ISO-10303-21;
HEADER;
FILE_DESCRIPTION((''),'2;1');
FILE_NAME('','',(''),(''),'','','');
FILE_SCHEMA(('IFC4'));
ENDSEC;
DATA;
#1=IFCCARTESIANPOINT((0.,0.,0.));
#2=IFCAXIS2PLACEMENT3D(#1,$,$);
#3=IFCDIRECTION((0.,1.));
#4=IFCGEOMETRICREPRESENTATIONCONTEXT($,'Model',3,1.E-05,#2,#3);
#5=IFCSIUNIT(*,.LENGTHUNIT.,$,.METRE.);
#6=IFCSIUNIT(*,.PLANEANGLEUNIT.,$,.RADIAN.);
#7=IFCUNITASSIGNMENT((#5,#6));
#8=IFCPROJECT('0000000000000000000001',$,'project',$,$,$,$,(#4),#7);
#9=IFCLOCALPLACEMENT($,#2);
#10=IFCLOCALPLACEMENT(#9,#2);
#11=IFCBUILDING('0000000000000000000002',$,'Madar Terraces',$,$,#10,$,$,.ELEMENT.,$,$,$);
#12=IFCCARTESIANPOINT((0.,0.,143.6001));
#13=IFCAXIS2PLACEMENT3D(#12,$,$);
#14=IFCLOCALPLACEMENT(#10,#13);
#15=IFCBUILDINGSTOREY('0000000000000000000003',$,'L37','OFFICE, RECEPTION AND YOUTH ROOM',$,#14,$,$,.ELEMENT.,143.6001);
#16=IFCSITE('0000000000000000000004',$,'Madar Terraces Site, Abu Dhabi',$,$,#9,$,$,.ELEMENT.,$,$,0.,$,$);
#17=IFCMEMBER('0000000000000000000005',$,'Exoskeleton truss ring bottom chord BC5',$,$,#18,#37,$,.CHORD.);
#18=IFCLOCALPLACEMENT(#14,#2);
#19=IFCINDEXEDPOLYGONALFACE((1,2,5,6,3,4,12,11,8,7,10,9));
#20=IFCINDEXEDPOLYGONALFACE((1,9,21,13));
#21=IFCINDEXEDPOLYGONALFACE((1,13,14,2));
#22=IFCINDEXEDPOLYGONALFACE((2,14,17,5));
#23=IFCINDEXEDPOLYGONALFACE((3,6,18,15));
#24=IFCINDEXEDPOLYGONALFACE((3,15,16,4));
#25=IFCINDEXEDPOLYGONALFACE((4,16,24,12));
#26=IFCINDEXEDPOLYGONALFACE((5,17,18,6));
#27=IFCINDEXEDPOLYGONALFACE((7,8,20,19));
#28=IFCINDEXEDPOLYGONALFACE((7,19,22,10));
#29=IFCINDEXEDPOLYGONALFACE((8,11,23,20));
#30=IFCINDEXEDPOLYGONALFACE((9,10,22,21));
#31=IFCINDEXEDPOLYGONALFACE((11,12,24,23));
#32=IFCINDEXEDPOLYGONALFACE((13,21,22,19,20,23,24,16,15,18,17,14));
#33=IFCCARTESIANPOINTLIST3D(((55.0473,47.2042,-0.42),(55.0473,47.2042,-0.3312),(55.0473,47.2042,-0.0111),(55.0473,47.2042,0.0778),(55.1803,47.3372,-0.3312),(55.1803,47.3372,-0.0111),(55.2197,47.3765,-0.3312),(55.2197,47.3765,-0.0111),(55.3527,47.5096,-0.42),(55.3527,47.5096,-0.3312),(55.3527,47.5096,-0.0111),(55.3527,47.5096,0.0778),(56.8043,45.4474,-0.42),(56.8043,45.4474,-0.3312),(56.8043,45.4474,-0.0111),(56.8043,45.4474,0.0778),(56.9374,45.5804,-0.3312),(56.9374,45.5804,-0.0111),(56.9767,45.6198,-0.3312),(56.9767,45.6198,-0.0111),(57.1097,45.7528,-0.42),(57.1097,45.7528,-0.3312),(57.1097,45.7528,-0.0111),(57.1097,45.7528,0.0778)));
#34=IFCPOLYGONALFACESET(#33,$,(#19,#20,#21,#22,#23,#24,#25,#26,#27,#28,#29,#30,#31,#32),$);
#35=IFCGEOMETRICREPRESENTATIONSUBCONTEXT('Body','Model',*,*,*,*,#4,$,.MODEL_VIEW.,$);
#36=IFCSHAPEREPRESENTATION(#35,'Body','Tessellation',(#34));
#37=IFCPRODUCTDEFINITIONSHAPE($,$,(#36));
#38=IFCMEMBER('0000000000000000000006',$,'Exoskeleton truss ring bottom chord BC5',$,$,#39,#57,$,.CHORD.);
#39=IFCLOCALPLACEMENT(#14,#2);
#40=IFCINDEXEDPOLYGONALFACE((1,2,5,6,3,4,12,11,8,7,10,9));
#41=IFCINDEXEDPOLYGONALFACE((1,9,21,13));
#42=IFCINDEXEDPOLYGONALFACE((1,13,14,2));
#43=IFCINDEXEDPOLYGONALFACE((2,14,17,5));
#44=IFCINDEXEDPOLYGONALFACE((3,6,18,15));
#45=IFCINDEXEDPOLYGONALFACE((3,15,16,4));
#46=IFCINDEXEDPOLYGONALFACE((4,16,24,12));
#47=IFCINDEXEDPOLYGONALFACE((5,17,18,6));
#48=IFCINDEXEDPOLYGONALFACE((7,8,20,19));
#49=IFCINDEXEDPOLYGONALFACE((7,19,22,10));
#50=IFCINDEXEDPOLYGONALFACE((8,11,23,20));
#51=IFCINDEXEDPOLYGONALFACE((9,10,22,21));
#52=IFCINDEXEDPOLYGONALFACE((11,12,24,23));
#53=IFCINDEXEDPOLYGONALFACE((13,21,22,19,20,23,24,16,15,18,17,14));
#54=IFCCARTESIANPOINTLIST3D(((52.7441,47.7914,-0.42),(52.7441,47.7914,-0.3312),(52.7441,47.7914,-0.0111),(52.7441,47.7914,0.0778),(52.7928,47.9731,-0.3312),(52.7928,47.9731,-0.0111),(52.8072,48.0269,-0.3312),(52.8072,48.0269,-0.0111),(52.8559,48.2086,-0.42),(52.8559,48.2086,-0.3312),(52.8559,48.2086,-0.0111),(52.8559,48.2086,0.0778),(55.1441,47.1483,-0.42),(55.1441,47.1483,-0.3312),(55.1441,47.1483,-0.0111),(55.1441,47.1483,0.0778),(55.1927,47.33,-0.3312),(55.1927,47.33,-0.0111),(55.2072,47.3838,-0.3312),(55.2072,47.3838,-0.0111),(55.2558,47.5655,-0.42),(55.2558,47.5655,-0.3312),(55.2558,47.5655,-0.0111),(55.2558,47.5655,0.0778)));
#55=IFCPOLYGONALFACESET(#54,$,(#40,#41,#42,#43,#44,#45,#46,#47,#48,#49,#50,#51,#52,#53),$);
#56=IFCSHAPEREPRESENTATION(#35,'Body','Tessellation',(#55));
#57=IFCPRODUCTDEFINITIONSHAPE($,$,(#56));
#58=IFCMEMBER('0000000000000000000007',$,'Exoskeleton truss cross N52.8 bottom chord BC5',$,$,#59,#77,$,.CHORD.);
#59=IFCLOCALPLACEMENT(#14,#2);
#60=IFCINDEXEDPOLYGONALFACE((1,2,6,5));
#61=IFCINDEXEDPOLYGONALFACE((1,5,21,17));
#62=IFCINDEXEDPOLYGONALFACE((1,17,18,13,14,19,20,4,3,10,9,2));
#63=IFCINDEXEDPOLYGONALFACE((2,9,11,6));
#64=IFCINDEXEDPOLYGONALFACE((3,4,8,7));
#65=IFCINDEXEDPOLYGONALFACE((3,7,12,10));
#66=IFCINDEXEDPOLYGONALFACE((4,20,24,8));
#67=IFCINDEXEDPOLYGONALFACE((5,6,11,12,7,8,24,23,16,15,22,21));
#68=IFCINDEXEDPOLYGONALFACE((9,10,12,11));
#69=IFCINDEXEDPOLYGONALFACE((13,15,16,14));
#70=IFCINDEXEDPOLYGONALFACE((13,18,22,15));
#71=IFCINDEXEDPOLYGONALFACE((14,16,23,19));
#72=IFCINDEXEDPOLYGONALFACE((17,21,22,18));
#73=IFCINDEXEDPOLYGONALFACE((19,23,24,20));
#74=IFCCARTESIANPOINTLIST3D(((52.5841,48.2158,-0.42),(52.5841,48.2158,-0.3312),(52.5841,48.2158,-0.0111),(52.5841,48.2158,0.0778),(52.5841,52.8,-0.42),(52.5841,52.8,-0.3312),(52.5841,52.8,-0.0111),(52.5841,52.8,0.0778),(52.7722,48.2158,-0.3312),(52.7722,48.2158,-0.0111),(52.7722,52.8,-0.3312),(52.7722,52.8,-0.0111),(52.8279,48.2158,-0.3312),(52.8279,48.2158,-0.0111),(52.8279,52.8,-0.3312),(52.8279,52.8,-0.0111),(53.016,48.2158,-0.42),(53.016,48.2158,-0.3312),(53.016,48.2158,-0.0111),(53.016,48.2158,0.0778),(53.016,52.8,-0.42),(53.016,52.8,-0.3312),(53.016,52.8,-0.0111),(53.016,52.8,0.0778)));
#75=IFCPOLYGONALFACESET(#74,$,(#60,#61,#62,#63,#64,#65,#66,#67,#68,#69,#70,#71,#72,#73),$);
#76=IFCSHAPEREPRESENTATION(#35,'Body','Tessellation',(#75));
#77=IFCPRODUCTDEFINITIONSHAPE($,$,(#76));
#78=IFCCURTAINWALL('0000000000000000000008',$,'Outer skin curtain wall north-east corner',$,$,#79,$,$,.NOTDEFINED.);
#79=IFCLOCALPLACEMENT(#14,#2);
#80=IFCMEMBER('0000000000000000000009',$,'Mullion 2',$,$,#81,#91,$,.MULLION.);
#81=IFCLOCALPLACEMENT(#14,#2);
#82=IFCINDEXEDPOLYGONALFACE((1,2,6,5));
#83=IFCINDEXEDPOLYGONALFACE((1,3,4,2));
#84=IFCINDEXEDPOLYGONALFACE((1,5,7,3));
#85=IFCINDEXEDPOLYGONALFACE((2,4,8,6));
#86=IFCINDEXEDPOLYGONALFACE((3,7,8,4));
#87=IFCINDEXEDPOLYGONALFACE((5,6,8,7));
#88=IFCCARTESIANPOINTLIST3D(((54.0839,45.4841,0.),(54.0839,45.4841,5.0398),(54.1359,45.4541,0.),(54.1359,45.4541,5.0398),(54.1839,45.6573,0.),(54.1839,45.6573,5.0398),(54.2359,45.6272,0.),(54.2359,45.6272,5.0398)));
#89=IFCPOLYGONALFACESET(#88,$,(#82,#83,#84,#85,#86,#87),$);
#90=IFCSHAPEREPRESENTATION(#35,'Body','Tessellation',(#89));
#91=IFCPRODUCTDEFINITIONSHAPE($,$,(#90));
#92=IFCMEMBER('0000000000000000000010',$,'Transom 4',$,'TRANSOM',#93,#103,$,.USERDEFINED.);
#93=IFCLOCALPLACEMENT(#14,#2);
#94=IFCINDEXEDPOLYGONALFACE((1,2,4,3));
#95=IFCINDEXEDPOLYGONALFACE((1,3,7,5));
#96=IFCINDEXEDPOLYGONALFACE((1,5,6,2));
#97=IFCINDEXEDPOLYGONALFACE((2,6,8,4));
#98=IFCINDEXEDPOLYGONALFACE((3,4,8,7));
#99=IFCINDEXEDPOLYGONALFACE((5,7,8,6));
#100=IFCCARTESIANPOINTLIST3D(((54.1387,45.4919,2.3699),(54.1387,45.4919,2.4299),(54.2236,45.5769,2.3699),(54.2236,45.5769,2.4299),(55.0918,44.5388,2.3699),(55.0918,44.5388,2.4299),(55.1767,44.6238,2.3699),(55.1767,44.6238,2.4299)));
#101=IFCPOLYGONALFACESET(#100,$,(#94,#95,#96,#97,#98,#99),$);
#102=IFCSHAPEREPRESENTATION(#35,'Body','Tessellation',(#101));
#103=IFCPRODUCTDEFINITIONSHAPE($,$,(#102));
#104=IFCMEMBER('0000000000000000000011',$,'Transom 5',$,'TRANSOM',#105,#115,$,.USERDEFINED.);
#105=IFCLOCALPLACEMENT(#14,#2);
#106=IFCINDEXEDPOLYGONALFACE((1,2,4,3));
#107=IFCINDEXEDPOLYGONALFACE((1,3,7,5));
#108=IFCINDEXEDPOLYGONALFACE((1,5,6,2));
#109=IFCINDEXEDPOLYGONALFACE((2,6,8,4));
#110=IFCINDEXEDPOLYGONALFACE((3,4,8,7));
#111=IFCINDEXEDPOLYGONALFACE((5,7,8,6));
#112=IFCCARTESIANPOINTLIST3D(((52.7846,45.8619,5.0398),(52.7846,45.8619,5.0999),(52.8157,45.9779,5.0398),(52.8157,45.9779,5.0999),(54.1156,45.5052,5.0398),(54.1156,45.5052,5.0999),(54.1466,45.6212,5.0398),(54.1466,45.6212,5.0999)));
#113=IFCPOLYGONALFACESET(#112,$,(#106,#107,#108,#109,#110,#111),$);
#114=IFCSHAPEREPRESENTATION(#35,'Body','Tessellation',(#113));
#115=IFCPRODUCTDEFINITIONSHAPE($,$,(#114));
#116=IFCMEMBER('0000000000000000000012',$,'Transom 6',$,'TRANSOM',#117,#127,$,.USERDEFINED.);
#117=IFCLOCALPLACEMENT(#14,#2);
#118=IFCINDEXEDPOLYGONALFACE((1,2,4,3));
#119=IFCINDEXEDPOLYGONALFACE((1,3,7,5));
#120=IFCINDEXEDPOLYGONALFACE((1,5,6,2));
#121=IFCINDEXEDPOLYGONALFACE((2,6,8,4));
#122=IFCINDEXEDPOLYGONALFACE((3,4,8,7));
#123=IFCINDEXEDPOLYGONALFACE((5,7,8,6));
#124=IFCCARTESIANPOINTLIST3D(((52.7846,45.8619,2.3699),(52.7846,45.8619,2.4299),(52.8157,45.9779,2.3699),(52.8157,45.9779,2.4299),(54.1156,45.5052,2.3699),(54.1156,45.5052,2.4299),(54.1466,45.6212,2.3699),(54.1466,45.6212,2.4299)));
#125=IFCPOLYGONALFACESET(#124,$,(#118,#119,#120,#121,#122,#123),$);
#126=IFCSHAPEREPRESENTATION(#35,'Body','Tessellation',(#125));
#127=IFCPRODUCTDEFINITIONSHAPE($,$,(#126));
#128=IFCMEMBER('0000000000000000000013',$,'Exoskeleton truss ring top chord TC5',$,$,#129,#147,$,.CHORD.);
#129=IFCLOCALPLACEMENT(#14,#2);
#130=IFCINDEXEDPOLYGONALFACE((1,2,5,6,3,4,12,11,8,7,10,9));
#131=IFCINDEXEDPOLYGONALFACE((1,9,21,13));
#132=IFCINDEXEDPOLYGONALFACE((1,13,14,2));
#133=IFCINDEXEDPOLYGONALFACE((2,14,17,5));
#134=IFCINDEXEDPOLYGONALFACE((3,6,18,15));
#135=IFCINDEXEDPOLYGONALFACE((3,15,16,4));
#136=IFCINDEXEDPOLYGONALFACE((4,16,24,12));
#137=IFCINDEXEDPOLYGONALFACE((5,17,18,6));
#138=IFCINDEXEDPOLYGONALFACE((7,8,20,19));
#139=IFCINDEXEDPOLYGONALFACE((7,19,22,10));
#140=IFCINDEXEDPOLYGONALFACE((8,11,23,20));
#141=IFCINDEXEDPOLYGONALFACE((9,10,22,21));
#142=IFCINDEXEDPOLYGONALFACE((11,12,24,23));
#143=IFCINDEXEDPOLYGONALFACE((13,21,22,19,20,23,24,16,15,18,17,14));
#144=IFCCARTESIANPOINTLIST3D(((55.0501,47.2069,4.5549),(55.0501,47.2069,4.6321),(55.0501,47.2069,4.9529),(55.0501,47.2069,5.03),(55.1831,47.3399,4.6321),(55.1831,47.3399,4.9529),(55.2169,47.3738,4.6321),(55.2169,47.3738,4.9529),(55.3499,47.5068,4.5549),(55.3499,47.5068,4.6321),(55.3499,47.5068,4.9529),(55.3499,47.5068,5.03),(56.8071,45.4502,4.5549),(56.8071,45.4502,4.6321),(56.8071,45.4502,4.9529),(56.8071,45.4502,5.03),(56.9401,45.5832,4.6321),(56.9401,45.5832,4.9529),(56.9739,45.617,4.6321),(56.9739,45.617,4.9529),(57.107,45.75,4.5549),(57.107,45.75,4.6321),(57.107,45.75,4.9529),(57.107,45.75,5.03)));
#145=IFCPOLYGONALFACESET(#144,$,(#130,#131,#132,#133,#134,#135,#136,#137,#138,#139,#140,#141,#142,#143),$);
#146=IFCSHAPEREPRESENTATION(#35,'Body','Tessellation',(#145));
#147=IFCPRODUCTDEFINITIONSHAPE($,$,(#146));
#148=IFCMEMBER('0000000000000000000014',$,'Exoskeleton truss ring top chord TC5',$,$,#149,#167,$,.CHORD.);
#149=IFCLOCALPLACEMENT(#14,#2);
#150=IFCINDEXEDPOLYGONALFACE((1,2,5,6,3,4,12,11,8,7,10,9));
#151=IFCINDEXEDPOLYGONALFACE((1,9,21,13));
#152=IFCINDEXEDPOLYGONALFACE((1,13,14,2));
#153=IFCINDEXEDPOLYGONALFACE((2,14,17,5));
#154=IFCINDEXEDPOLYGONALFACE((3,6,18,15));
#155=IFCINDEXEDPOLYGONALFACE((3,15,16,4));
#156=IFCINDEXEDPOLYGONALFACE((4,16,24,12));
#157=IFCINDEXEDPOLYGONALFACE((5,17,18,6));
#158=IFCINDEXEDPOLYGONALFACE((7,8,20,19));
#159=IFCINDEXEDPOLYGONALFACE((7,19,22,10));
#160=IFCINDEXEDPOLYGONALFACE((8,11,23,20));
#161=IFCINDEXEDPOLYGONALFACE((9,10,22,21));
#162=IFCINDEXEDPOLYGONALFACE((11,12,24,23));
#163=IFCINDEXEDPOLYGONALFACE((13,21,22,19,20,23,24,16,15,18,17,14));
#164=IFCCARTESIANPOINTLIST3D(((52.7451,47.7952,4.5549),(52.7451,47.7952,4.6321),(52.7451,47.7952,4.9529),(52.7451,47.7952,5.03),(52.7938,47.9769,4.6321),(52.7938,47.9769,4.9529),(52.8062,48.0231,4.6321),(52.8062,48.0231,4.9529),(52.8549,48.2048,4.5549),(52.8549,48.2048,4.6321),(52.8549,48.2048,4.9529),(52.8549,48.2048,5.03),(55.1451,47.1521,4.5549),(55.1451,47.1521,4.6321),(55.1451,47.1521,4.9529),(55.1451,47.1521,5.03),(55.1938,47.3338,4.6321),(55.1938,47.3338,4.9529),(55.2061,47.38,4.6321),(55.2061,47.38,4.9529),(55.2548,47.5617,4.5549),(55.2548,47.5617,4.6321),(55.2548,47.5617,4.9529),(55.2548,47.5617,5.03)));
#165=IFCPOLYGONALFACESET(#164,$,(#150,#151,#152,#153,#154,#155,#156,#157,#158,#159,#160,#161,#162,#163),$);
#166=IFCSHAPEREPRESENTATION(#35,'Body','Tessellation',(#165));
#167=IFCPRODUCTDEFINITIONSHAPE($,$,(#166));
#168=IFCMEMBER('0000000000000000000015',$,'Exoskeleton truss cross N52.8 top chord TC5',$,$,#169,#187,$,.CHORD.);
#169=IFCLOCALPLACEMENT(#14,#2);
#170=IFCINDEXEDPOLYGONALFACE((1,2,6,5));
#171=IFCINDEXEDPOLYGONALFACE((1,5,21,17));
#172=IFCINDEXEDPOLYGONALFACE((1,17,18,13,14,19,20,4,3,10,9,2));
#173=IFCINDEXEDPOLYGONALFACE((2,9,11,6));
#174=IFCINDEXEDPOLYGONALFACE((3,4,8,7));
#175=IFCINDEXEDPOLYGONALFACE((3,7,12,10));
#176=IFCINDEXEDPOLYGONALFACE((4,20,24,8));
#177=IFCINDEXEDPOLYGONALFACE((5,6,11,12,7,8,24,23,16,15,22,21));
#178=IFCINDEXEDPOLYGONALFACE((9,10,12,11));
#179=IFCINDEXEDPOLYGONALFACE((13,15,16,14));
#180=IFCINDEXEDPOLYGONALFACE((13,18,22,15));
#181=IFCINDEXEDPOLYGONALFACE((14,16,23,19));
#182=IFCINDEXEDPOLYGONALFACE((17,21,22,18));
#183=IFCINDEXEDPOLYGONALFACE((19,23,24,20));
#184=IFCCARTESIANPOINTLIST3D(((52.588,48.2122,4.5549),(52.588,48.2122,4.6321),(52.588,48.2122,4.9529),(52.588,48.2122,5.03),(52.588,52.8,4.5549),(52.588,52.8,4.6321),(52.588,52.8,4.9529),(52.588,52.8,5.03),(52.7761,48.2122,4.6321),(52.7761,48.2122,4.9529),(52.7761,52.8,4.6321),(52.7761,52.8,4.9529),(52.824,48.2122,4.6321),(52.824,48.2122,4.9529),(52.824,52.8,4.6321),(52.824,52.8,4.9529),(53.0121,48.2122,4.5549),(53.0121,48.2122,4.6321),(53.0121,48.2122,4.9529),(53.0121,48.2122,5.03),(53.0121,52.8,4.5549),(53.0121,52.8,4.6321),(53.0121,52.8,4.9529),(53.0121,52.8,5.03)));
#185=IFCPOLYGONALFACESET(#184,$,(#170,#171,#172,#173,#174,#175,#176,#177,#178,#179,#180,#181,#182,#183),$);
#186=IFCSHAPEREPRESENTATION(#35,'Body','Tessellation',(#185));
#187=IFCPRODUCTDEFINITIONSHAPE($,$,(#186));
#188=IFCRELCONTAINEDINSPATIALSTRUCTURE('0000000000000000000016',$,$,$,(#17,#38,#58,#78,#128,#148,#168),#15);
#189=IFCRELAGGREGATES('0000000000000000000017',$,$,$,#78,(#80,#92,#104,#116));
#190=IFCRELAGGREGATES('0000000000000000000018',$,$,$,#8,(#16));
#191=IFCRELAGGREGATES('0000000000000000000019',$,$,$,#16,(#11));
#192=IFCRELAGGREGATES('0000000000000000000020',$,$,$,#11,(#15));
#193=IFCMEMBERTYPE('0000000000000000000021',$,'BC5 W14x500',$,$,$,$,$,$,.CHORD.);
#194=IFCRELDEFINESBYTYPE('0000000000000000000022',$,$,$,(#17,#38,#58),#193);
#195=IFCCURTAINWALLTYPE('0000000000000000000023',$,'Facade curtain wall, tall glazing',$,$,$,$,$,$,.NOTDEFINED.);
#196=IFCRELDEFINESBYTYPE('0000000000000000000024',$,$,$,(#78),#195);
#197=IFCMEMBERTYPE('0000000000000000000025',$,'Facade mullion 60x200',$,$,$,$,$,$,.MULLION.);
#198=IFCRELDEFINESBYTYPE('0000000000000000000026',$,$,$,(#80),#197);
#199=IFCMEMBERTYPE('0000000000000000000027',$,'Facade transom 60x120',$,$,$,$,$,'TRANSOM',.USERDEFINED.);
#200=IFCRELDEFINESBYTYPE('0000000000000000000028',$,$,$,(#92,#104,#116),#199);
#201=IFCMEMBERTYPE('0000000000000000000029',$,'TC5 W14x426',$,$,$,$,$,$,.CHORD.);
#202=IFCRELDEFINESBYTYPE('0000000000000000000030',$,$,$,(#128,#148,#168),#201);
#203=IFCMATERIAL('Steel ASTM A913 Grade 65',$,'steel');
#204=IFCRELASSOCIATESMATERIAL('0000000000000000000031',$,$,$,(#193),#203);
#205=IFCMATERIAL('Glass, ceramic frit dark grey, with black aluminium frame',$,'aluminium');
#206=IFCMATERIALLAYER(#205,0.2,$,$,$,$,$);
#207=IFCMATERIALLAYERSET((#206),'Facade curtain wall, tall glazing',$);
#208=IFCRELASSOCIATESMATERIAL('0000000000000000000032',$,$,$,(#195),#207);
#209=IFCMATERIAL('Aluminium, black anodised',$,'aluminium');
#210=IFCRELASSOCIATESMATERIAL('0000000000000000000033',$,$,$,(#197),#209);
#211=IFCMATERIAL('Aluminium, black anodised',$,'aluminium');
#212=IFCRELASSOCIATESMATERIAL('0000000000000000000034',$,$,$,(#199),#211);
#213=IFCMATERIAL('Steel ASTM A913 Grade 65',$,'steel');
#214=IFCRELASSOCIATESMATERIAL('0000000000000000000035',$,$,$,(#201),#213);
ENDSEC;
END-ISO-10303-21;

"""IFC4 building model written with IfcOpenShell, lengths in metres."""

from ifc_helpers import new_model, si_unit, direction, frame, origin, origin_2d, place, context, subcontext, project, spatial, rectangle, i_section, extrude, material, layer, layer_set, material_profile, profile_set, type_object, element, aggregate, save


model = new_model("IFC4")

# Units and contexts
model_context = context("Model", 3, precision=1e-05, world=origin(), true_north=direction((0.0, 1.0)))
body_context = subcontext(model_context, "Body", "Model", "MODEL_VIEW")
ifc_project = project(units=[si_unit("LENGTHUNIT", "METRE"), si_unit("PLANEANGLEUNIT", "RADIAN")], contexts=[model_context])

# Site, building, storey
site_placement = place(None, origin())
site = spatial("IfcSite", under=ifc_project, at=site_placement, Name="Madar Terraces Site, Abu Dhabi", CompositionType="ELEMENT", RefElevation=0.0)
building_placement = place(site_placement, origin())
building = spatial("IfcBuilding", under=site, at=building_placement, Name="Madar Terraces", CompositionType="ELEMENT")
storey_placement = place(building_placement, frame((0.0, 0.0, 143.6001)))
storey = spatial("IfcBuildingStorey", under=building, at=storey_placement, Name="L37", Description="OFFICE, RECEPTION AND YOUTH ROOM", CompositionType="ELEMENT", Elevation=143.6001)

# Members
ifc_material_1 = material(Name="Steel ASTM A913 Grade 65", Category="steel")
ifc_material_profile_1 = material_profile(ifc_material_1, i_section(OverallWidth=0.4319, OverallDepth=0.4978, WebThickness=0.0557, FlangeThickness=0.0889, at=origin_2d()), Name="W14x500")
ifc_profile_set_1 = profile_set([ifc_material_profile_1], Name="Steel ASTM A913 Grade 65")
member_type_1 = type_object("IfcMemberType", Name="BC5 W14x500", PredefinedType="CHORD", material=ifc_profile_set_1)
for number, where, z_axis, x_axis, name in (
    (1, (56.957, 45.6001, -0.1711), (-0.707156, 0.707058, 0.0), (-0.707058, -0.707156, 0.0), "Exoskeleton truss ring bottom chord BC5"),
    (2, (55.2, 47.3569, -0.1711), (-0.965924, 0.258824, 0.0), (-0.258824, -0.965924, 0.0), "Exoskeleton truss ring bottom chord BC5"),
):
    element("IfcMember", number, at=place(storey_placement, frame(where, z_axis=z_axis, x_axis=x_axis)), inside=storey, type_object=member_type_1, Name=name, PredefinedType="CHORD", context=body_context, shape_type="SweptSolid", body=[
        extrude(i_section(OverallWidth=0.4319, OverallDepth=0.4978, WebThickness=0.0557, FlangeThickness=0.0889, at=origin_2d()), origin(), (0.0, 0.0, 1.0), 2.4846),
    ])
member_1_placement = place(storey_placement, frame((52.8, 52.8, -0.1711), z_axis=(0.0, -1.0, 0.0), x_axis=(1.0, 0.0, 0.0)))
element("IfcMember", 3, at=member_1_placement, inside=storey, type_object=member_type_1, Name="Exoskeleton truss cross N52.8 bottom chord BC5", PredefinedType="CHORD", context=body_context, shape_type="SweptSolid", body=[
    extrude(i_section(OverallWidth=0.4319, OverallDepth=0.4978, WebThickness=0.0557, FlangeThickness=0.0889, at=origin_2d()), origin(), (0.0, 0.0, 1.0), 4.5842),
])

# Curtain wall, members
ifc_material_2 = material(Name="Glass, ceramic frit dark grey, with black aluminium frame", Category="aluminium")
ifc_layer_1 = layer(ifc_material_2, 0.2)
ifc_layer_set_1 = layer_set([ifc_layer_1], Name="Facade curtain wall, tall glazing")
curtain_wall_type = type_object("IfcCurtainWallType", Name="Facade curtain wall, tall glazing", PredefinedType="NOTDEFINED", material=ifc_layer_set_1)
curtain_wall_placement = place(storey_placement, origin())
curtain_wall = element("IfcCurtainWall", 4, at=curtain_wall_placement, inside=storey, type_object=curtain_wall_type, Name="Outer skin curtain wall north-east corner", PredefinedType="NOTDEFINED")
ifc_material_3 = material(Name="Aluminium, black anodised", Category="aluminium")
ifc_material_profile_2 = material_profile(ifc_material_3, rectangle(XDim=0.2, YDim=0.0601, at=origin_2d()), Name="Facade mullion 60x200")
ifc_profile_set_2 = profile_set([ifc_material_profile_2], Name="Aluminium, black anodised")
member_type_2 = type_object("IfcMemberType", Name="Facade mullion 60x200", PredefinedType="MULLION", material=ifc_profile_set_2)
member_2_placement = place(storey_placement, frame((54.1599, 45.5557, 0.0), z_axis=(0.0, 0.0, 1.0), x_axis=(-0.5, -0.866025, 0.0)))
member_2 = element("IfcMember", 5, at=member_2_placement, type_object=member_type_2, Name="Mullion 2", PredefinedType="MULLION", context=body_context, shape_type="SweptSolid", body=[
    extrude(rectangle(XDim=0.2, YDim=0.0601, at=origin_2d()), origin(), (0.0, 0.0, 1.0), 5.0398),
])
ifc_material_4 = material(Name="Aluminium, black anodised", Category="aluminium")
ifc_material_profile_3 = material_profile(ifc_material_4, rectangle(XDim=0.1201, YDim=0.0601, at=origin_2d()), Name="Facade transom 60x120")
ifc_profile_set_3 = profile_set([ifc_material_profile_3], Name="Aluminium, black anodised")
member_type_3 = type_object("IfcMemberType", Name="Facade transom 60x120", ElementType="TRANSOM", PredefinedType="USERDEFINED", material=ifc_profile_set_3)
member_3_placement = place(storey_placement, frame((55.1343, 44.5813, 2.3999), z_axis=(-0.707107, 0.707107, 0.0), x_axis=(-0.707107, -0.707107, 0.0)))
member_3 = element("IfcMember", 6, at=member_3_placement, type_object=member_type_3, Name="Transom 4", ObjectType="TRANSOM", PredefinedType="USERDEFINED", context=body_context, shape_type="SweptSolid", body=[
    extrude(rectangle(XDim=0.1201, YDim=0.0601, at=origin_2d()), origin(), (0.0, 0.0, 1.0), 1.3479),
])
member_4_placement = place(storey_placement, frame((54.1311, 45.5632, 5.0698), z_axis=(-0.96592, 0.258842, 0.0), x_axis=(-0.258842, -0.96592, 0.0)))
member_4 = element("IfcMember", 7, at=member_4_placement, type_object=member_type_3, Name="Transom 5", ObjectType="TRANSOM", PredefinedType="USERDEFINED", context=body_context, shape_type="SweptSolid", body=[
    extrude(rectangle(XDim=0.1201, YDim=0.0601, at=origin_2d()), origin(), (0.0, 0.0, 1.0), 1.3779),
])
member_5_placement = place(storey_placement, frame((54.1311, 45.5632, 2.3999), z_axis=(-0.96592, 0.258842, 0.0), x_axis=(-0.258842, -0.96592, 0.0)))
member_5 = element("IfcMember", 8, at=member_5_placement, type_object=member_type_3, Name="Transom 6", ObjectType="TRANSOM", PredefinedType="USERDEFINED", context=body_context, shape_type="SweptSolid", body=[
    extrude(rectangle(XDim=0.1201, YDim=0.0601, at=origin_2d()), origin(), (0.0, 0.0, 1.0), 1.3779),
])

# Members
ifc_material_5 = material(Name="Steel ASTM A913 Grade 65", Category="steel")
ifc_material_profile_4 = material_profile(ifc_material_5, i_section(OverallWidth=0.4241, OverallDepth=0.4751, WebThickness=0.0479, FlangeThickness=0.0771, at=origin_2d()), Name="W14x426")
ifc_profile_set_4 = profile_set([ifc_material_profile_4], Name="Steel ASTM A913 Grade 65")
member_type_4 = type_object("IfcMemberType", Name="TC5 W14x426", PredefinedType="CHORD", material=ifc_profile_set_4)
for number, where, z_axis, x_axis, name in (
    (9, (56.957, 45.6001, 4.7925), (-0.707156, 0.707058, 0.0), (-0.707058, -0.707156, 0.0), "Exoskeleton truss ring top chord TC5"),
    (10, (55.2, 47.3569, 4.7925), (-0.965924, 0.258824, 0.0), (-0.258824, -0.965924, 0.0), "Exoskeleton truss ring top chord TC5"),
):
    element("IfcMember", number, at=place(storey_placement, frame(where, z_axis=z_axis, x_axis=x_axis)), inside=storey, type_object=member_type_4, Name=name, PredefinedType="CHORD", context=body_context, shape_type="SweptSolid", body=[
        extrude(i_section(OverallWidth=0.4241, OverallDepth=0.4751, WebThickness=0.0479, FlangeThickness=0.0771, at=origin_2d()), origin(), (0.0, 0.0, 1.0), 2.4846),
    ])
member_6_placement = place(storey_placement, frame((52.8, 52.8, 4.7925), z_axis=(0.0, -1.0, 0.0), x_axis=(1.0, 0.0, 0.0)))
element("IfcMember", 11, at=member_6_placement, inside=storey, type_object=member_type_4, Name="Exoskeleton truss cross N52.8 top chord TC5", PredefinedType="CHORD", context=body_context, shape_type="SweptSolid", body=[
    extrude(i_section(OverallWidth=0.4241, OverallDepth=0.4751, WebThickness=0.0479, FlangeThickness=0.0771, at=origin_2d()), origin(), (0.0, 0.0, 1.0), 4.5879),
])

aggregate(curtain_wall, [member_2, member_3, member_4, member_5])

save(model, "model.ifc")
